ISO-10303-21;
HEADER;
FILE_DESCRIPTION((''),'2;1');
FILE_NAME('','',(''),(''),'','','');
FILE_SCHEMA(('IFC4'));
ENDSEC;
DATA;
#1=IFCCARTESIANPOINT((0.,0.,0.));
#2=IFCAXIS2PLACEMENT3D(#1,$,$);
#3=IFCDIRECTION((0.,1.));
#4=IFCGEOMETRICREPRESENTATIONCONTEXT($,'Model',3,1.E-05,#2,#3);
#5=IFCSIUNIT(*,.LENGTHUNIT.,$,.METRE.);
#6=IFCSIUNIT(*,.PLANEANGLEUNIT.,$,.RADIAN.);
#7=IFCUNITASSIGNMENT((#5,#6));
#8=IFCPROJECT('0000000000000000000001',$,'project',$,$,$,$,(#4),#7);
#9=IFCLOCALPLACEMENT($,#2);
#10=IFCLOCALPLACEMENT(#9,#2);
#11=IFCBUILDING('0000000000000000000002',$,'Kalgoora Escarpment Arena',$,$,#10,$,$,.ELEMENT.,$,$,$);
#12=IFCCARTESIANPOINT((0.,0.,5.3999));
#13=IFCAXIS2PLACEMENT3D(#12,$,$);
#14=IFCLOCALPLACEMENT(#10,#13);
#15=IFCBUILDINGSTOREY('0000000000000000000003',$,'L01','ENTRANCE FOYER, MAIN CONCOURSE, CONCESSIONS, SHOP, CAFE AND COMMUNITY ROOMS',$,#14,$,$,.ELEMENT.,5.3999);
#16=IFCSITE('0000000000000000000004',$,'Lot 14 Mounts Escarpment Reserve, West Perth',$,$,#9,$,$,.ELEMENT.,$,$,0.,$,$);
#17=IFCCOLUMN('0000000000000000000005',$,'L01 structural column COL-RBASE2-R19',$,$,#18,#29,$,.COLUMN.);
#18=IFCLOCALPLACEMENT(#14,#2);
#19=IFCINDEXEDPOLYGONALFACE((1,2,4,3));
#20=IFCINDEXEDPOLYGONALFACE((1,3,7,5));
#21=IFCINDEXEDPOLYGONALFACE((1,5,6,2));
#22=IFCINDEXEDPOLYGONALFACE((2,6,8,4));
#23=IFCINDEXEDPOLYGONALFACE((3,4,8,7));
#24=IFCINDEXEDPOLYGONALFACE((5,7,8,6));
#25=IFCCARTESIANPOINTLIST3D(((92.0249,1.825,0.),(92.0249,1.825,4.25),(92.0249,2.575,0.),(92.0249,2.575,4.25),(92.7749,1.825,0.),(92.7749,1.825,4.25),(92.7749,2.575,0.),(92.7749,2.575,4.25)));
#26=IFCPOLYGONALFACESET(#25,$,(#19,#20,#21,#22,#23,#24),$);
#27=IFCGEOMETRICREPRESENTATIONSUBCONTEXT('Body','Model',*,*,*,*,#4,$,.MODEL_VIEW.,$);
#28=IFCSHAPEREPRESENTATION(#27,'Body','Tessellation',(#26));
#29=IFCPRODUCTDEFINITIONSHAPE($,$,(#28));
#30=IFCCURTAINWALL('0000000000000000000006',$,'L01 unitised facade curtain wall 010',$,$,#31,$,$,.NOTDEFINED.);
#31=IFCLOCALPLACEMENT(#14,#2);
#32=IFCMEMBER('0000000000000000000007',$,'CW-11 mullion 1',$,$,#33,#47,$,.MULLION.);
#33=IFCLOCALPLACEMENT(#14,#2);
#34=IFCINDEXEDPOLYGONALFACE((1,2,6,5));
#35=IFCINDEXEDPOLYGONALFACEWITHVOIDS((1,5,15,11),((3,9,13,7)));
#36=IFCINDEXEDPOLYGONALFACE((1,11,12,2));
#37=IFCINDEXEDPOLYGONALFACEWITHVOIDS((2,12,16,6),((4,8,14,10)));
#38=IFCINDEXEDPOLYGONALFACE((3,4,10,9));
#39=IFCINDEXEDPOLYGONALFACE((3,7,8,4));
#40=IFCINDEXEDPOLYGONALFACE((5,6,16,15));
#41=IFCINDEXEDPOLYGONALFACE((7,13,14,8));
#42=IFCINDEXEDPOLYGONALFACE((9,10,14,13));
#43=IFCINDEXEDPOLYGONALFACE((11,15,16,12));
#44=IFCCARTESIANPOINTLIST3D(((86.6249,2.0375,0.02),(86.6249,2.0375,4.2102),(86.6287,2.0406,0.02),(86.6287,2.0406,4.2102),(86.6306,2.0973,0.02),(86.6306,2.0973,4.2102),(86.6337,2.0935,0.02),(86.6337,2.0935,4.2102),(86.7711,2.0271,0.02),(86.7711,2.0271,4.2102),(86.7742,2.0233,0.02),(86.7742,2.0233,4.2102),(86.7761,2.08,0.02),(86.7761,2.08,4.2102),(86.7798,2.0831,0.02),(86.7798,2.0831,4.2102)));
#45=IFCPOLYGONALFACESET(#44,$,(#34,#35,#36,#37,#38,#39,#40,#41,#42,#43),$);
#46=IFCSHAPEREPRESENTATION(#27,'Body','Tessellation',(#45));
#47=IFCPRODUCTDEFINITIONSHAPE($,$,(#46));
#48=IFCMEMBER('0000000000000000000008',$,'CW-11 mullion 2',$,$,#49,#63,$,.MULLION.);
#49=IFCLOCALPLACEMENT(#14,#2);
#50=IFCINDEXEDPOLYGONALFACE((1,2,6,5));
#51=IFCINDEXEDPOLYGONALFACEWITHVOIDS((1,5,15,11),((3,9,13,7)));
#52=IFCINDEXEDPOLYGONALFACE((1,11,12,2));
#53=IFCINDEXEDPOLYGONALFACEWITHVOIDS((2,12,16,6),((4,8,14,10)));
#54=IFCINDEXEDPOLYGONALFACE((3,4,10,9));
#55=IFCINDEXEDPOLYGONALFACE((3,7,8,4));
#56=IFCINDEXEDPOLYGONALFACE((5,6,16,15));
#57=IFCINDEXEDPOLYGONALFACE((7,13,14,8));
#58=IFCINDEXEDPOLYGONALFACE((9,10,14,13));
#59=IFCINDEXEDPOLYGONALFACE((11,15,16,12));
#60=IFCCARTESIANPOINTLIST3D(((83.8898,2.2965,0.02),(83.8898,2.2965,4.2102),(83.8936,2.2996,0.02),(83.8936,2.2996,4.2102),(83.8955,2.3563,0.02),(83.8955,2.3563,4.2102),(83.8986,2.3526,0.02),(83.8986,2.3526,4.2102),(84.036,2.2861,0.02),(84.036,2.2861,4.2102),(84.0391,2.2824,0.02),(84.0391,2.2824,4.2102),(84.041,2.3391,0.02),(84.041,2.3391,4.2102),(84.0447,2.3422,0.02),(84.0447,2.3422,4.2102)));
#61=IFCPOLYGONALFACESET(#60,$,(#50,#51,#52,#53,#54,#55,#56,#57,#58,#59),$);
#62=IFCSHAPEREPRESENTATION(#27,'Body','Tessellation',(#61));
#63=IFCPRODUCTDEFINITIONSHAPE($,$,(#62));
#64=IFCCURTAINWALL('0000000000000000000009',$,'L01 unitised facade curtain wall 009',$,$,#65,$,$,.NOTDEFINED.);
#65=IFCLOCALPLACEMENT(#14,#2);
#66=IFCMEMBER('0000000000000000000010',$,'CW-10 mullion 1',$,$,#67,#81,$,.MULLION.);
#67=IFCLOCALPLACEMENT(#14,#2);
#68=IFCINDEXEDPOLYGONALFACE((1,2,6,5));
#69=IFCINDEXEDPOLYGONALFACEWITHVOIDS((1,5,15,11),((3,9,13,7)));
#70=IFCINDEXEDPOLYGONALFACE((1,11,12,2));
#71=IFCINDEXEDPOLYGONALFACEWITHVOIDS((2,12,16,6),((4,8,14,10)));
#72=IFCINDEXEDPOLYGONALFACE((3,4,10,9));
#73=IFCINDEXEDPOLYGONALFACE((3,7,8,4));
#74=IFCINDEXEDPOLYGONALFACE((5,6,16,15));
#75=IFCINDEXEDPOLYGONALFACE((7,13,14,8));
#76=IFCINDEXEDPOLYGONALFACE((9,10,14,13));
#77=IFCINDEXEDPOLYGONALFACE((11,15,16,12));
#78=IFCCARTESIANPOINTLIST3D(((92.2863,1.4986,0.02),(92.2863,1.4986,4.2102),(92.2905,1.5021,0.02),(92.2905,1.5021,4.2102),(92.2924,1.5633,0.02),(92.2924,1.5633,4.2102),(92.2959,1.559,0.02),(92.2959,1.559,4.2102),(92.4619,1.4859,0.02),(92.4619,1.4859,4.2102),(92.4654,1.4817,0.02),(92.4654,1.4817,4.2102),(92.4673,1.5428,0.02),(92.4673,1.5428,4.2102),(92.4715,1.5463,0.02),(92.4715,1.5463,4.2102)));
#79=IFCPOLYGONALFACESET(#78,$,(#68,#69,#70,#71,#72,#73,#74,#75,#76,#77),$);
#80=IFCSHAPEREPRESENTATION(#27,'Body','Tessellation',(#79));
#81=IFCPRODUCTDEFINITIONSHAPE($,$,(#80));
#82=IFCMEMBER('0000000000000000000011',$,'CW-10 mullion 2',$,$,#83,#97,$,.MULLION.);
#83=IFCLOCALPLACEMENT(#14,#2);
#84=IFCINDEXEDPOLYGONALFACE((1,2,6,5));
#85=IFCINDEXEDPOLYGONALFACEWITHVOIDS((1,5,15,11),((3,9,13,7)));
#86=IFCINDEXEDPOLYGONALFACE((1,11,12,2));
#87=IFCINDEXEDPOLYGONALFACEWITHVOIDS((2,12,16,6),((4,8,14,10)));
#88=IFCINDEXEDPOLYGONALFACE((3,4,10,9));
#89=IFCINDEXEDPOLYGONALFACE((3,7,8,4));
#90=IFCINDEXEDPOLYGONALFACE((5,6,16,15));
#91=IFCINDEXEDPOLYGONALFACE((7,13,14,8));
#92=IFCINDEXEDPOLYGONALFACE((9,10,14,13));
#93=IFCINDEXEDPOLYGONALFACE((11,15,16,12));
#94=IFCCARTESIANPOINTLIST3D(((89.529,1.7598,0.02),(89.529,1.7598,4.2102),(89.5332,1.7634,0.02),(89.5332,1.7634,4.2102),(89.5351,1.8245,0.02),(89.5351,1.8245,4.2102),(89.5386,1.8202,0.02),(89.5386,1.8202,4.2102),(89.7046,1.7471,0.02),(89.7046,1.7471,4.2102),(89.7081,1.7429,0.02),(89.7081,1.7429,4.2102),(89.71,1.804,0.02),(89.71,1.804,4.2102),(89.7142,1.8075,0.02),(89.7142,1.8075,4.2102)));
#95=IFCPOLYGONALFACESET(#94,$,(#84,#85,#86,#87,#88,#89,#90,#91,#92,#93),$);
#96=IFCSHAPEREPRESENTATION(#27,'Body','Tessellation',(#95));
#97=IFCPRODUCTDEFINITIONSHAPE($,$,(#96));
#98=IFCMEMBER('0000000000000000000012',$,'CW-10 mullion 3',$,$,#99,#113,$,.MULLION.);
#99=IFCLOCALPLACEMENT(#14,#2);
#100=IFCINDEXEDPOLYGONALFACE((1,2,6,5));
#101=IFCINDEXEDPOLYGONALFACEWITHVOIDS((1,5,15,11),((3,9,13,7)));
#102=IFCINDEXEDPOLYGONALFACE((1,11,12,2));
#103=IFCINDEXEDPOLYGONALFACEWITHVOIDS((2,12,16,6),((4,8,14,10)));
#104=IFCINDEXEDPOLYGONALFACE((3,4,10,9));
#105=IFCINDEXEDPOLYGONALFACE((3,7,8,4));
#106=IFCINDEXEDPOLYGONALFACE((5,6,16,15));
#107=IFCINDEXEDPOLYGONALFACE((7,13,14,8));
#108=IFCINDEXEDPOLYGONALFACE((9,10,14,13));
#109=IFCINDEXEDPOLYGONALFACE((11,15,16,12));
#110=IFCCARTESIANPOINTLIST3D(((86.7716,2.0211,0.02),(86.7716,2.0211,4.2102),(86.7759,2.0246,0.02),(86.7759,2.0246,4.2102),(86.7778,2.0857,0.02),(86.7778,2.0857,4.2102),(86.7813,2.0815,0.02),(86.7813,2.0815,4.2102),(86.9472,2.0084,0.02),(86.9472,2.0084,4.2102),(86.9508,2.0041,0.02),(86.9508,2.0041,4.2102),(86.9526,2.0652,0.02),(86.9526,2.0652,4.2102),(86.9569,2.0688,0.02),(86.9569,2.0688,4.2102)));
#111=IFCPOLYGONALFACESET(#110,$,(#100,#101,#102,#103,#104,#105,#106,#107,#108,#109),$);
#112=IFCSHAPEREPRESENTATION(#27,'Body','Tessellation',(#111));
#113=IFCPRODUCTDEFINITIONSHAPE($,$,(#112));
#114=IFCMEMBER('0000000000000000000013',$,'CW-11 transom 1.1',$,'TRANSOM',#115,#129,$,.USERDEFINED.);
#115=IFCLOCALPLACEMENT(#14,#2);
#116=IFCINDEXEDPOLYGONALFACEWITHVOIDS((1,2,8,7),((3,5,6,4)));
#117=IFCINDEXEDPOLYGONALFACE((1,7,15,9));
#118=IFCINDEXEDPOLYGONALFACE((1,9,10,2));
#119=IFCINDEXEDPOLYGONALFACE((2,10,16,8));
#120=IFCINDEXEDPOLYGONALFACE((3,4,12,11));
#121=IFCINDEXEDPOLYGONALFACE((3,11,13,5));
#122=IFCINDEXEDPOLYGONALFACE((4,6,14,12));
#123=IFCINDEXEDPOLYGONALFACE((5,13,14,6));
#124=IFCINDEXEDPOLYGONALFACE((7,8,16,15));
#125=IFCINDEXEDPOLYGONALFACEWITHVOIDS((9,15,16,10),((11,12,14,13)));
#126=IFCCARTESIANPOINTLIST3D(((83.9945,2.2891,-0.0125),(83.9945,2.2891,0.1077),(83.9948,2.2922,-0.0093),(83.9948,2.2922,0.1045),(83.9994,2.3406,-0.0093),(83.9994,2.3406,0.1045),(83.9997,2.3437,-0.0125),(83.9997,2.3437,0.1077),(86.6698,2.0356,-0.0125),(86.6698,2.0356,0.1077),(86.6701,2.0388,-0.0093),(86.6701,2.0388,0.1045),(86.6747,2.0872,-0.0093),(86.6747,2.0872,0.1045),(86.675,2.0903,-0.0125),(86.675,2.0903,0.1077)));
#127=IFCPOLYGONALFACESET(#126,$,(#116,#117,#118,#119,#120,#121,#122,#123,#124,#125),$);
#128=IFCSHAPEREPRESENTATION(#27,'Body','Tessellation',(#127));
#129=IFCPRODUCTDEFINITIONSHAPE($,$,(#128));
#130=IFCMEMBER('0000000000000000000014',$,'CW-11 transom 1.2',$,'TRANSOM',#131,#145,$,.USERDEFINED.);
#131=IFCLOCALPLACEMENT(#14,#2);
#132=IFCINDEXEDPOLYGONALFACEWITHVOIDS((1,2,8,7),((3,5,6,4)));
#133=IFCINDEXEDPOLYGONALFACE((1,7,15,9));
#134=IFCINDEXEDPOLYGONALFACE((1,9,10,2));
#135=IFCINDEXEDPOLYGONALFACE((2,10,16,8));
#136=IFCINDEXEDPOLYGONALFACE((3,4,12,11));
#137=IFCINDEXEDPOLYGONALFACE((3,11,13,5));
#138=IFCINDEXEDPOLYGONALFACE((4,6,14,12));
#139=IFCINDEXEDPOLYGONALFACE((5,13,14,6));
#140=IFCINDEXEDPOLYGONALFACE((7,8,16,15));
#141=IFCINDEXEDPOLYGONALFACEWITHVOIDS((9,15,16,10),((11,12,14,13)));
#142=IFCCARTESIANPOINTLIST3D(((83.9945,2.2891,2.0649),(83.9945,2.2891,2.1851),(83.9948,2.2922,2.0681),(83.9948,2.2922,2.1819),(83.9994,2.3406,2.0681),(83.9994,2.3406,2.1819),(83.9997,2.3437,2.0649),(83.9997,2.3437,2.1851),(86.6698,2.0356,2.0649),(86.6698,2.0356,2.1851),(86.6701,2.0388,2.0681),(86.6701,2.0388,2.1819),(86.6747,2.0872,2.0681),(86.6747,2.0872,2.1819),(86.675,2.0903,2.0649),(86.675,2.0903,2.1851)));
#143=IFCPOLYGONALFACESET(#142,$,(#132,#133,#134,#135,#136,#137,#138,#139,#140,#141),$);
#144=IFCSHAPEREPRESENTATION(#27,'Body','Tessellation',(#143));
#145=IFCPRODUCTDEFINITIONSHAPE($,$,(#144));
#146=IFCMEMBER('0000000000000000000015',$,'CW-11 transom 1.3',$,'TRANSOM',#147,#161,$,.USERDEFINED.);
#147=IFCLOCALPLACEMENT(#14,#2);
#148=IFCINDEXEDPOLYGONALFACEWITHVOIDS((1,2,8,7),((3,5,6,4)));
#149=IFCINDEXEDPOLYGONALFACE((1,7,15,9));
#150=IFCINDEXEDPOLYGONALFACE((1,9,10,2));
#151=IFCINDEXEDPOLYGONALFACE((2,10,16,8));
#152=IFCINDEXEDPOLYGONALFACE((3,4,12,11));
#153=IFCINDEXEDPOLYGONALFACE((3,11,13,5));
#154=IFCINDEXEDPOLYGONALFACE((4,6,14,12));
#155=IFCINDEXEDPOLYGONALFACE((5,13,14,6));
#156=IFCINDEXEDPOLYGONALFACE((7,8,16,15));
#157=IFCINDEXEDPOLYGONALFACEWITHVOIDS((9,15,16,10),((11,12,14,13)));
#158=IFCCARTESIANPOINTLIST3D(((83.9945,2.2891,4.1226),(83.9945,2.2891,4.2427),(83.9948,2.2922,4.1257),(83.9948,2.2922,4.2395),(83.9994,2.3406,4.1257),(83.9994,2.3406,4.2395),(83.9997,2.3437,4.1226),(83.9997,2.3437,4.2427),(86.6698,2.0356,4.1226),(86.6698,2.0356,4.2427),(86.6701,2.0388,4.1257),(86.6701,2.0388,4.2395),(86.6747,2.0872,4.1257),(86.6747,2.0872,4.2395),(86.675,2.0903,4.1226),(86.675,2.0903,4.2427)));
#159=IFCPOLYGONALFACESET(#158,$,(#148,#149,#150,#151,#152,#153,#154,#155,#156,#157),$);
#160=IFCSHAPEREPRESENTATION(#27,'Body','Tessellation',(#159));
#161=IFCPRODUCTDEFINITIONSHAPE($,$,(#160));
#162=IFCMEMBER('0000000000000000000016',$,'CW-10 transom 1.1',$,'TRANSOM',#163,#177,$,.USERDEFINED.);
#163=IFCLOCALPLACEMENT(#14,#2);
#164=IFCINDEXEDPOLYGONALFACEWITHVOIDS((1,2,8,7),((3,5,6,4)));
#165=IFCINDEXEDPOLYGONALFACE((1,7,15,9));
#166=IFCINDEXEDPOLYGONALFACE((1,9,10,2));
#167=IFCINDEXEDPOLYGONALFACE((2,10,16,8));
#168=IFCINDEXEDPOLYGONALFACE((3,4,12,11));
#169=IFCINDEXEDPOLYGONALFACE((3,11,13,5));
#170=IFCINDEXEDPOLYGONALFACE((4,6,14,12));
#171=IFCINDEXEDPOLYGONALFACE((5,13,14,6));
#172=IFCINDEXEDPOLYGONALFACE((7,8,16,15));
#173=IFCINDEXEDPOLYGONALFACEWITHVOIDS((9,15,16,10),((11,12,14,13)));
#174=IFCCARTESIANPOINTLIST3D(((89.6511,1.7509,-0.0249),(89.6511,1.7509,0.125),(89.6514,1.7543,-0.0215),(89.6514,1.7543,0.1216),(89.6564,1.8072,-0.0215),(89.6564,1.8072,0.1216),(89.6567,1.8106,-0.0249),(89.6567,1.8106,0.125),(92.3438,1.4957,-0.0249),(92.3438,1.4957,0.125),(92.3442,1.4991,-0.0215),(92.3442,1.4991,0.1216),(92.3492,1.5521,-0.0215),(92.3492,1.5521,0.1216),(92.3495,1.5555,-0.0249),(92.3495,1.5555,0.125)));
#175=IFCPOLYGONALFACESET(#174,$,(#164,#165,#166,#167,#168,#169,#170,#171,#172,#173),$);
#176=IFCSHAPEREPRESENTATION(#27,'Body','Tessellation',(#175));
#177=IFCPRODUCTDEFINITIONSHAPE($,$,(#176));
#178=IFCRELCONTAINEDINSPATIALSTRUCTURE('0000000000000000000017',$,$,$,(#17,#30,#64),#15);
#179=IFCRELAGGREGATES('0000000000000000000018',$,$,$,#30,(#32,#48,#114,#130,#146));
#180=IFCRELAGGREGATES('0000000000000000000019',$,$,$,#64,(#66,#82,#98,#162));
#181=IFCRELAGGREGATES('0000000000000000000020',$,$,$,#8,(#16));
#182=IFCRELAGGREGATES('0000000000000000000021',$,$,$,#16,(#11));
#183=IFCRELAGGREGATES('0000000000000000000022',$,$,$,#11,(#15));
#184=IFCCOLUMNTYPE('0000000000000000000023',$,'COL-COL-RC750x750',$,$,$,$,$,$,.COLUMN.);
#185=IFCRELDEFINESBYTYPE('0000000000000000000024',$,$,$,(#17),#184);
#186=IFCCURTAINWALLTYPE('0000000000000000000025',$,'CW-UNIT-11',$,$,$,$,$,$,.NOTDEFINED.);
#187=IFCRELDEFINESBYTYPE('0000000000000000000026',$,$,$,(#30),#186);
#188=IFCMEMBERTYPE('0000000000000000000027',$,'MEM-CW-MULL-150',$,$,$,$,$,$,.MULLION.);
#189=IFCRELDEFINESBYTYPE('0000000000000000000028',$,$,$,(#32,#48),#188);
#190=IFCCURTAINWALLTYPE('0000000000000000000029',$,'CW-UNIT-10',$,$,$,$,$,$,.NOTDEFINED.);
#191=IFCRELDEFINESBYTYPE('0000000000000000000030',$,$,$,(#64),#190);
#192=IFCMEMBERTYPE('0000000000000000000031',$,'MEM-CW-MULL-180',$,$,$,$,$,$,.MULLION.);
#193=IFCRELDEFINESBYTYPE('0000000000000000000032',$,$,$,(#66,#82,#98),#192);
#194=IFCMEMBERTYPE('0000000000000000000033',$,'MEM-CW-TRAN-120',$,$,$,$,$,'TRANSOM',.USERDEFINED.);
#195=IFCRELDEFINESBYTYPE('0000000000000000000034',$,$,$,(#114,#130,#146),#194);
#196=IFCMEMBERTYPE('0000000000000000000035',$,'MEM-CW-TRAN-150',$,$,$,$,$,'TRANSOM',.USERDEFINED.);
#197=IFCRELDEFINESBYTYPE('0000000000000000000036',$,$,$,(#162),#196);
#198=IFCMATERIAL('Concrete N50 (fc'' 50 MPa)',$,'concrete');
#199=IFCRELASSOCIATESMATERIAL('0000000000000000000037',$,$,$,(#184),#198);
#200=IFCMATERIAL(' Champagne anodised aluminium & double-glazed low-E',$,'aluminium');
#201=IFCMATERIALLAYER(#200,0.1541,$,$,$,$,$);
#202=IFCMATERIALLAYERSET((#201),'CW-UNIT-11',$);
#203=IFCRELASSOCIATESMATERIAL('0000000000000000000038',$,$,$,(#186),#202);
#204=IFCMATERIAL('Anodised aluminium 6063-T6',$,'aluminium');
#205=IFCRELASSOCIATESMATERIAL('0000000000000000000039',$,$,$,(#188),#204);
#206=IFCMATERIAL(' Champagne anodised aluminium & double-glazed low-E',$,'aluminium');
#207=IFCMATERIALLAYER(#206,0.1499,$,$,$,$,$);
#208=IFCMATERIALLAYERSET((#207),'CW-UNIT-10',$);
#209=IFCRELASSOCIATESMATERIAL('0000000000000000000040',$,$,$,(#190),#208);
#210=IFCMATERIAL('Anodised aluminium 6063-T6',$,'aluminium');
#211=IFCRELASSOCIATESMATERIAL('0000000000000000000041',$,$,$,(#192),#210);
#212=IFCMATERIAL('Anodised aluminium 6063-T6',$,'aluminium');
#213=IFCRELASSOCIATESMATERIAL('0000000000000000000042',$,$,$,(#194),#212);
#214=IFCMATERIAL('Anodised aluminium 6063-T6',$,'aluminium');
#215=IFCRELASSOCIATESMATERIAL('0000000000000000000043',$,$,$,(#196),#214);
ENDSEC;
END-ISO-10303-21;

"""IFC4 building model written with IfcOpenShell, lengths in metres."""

from ifc_helpers import new_model, si_unit, direction, frame, origin, origin_2d, place, context, subcontext, project, spatial, rectangle, hollow_rectangle, extrude, material, layer, layer_set, material_profile, profile_set, type_object, element, aggregate, save


model = new_model("IFC4")

# Units and contexts
model_context = context("Model", 3, precision=1e-05, world=origin(), true_north=direction((0.0, 1.0)))
body_context = subcontext(model_context, "Body", "Model", "MODEL_VIEW")
ifc_project = project(units=[si_unit("LENGTHUNIT", "METRE"), si_unit("PLANEANGLEUNIT", "RADIAN")], contexts=[model_context])

# Site, building, storey
site_placement = place(None, origin())
site = spatial("IfcSite", under=ifc_project, at=site_placement, Name="Lot 14 Mounts Escarpment Reserve, West Perth", CompositionType="ELEMENT", RefElevation=0.0)
building_placement = place(site_placement, origin())
building = spatial("IfcBuilding", under=site, at=building_placement, Name="Kalgoora Escarpment Arena", CompositionType="ELEMENT")
storey_placement = place(building_placement, frame((0.0, 0.0, 5.3999)))
storey = spatial("IfcBuildingStorey", under=building, at=storey_placement, Name="L01", Description="ENTRANCE FOYER, MAIN CONCOURSE, CONCESSIONS, SHOP, CAFE AND COMMUNITY ROOMS", CompositionType="ELEMENT", Elevation=5.3999)

# Column
ifc_material_1 = material(Name="Concrete N50 (fc' 50 MPa)", Category="concrete")
ifc_material_profile_1 = material_profile(ifc_material_1, rectangle(XDim=0.75, YDim=0.75, at=origin_2d()))
ifc_profile_set_1 = profile_set([ifc_material_profile_1], Name="Concrete N50 (fc' 50 MPa)")
column_type = type_object("IfcColumnType", Name="COL-COL-RC750x750", PredefinedType="COLUMN", material=ifc_profile_set_1)
column_placement = place(storey_placement, frame((92.3999, 2.2, 0.0), z_axis=(0.0, 0.0, 1.0), x_axis=(0.0, -1.0, 0.0)))
element("IfcColumn", 1, at=column_placement, inside=storey, type_object=column_type, Name="L01 structural column COL-RBASE2-R19", PredefinedType="COLUMN", context=body_context, shape_type="SweptSolid", body=[
    extrude(rectangle(XDim=0.75, YDim=0.75, at=origin_2d()), origin(), (0.0, 0.0, 1.0), 4.25),
])

# Curtain walls, members
ifc_material_2 = material(Name=" Champagne anodised aluminium & double-glazed low-E", Category="aluminium")
ifc_layer_1 = layer(ifc_material_2, 0.1541)
ifc_layer_set_1 = layer_set([ifc_layer_1], Name="CW-UNIT-11")
curtain_wall_type_1 = type_object("IfcCurtainWallType", Name="CW-UNIT-11", PredefinedType="NOTDEFINED", material=ifc_layer_set_1)
curtain_wall_1_placement = place(storey_placement, origin())
curtain_wall_1 = element("IfcCurtainWall", 2, at=curtain_wall_1_placement, inside=storey, type_object=curtain_wall_type_1, Name="L01 unitised facade curtain wall 010", PredefinedType="NOTDEFINED")
ifc_material_3 = material(Name="Anodised aluminium 6063-T6", Category="aluminium")
ifc_material_profile_2 = material_profile(ifc_material_3, hollow_rectangle(XDim=0.0601, YDim=0.1499, WallThickness=0.0034, at=origin_2d()))
ifc_profile_set_2 = profile_set([ifc_material_profile_2], Name="Anodised aluminium 6063-T6")
member_type_1 = type_object("IfcMemberType", Name="MEM-CW-MULL-150", PredefinedType="MULLION", material=ifc_profile_set_2)
member_1_placement = place(storey_placement, frame((86.7024, 2.0603, 0.02), z_axis=(0.0, 0.0, 1.0), x_axis=(-0.094301, -0.995544, 0.0)))
member_1 = element("IfcMember", 3, at=member_1_placement, type_object=member_type_1, Name="CW-11 mullion 1", PredefinedType="MULLION", context=body_context, shape_type="SweptSolid", body=[
    extrude(hollow_rectangle(XDim=0.0601, YDim=0.1499, WallThickness=0.0034, at=origin_2d()), origin(), (0.0, 0.0, 1.0), 4.1902),
])
member_2_placement = place(storey_placement, frame((83.9673, 2.3193, 0.02), z_axis=(0.0, 0.0, 1.0), x_axis=(-0.094301, -0.995544, 0.0)))
member_2 = element("IfcMember", 4, at=member_2_placement, type_object=member_type_1, Name="CW-11 mullion 2", PredefinedType="MULLION", context=body_context, shape_type="SweptSolid", body=[
    extrude(hollow_rectangle(XDim=0.0601, YDim=0.1499, WallThickness=0.0034, at=origin_2d()), origin(), (0.0, 0.0, 1.0), 4.1902),
])
ifc_material_4 = material(Name=" Champagne anodised aluminium & double-glazed low-E", Category="aluminium")
ifc_layer_2 = layer(ifc_material_4, 0.1499)
ifc_layer_set_2 = layer_set([ifc_layer_2], Name="CW-UNIT-10")
curtain_wall_type_2 = type_object("IfcCurtainWallType", Name="CW-UNIT-10", PredefinedType="NOTDEFINED", material=ifc_layer_set_2)
curtain_wall_2_placement = place(storey_placement, origin())
curtain_wall_2 = element("IfcCurtainWall", 5, at=curtain_wall_2_placement, inside=storey, type_object=curtain_wall_type_2, Name="L01 unitised facade curtain wall 009", PredefinedType="NOTDEFINED")
ifc_material_5 = material(Name="Anodised aluminium 6063-T6", Category="aluminium")
ifc_material_profile_3 = material_profile(ifc_material_5, hollow_rectangle(XDim=0.0649, YDim=0.1799, WallThickness=0.0039, at=origin_2d()))
ifc_profile_set_3 = profile_set([ifc_material_profile_3], Name="Anodised aluminium 6063-T6")
member_type_2 = type_object("IfcMemberType", Name="MEM-CW-MULL-180", PredefinedType="MULLION", material=ifc_profile_set_3)
member_3_placement = place(storey_placement, frame((92.3789, 1.5225, 0.02), z_axis=(0.0, 0.0, 1.0), x_axis=(-0.0943, -0.995544, 0.0)))
member_3 = element("IfcMember", 6, at=member_3_placement, type_object=member_type_2, Name="CW-10 mullion 1", PredefinedType="MULLION", context=body_context, shape_type="SweptSolid", body=[
    extrude(hollow_rectangle(XDim=0.0649, YDim=0.1799, WallThickness=0.0039, at=origin_2d()), origin(), (0.0, 0.0, 1.0), 4.1902),
])
member_4_placement = place(storey_placement, frame((89.6216, 1.7837, 0.02), z_axis=(0.0, 0.0, 1.0), x_axis=(-0.0943, -0.995544, 0.0)))
member_4 = element("IfcMember", 7, at=member_4_placement, type_object=member_type_2, Name="CW-10 mullion 2", PredefinedType="MULLION", context=body_context, shape_type="SweptSolid", body=[
    extrude(hollow_rectangle(XDim=0.0649, YDim=0.1799, WallThickness=0.0039, at=origin_2d()), origin(), (0.0, 0.0, 1.0), 4.1902),
])
member_5_placement = place(storey_placement, frame((86.8643, 2.0449, 0.02), z_axis=(0.0, 0.0, 1.0), x_axis=(-0.0943, -0.995544, 0.0)))
member_5 = element("IfcMember", 8, at=member_5_placement, type_object=member_type_2, Name="CW-10 mullion 3", PredefinedType="MULLION", context=body_context, shape_type="SweptSolid", body=[
    extrude(hollow_rectangle(XDim=0.0649, YDim=0.1799, WallThickness=0.0039, at=origin_2d()), origin(), (0.0, 0.0, 1.0), 4.1902),
])

# Members
ifc_material_6 = material(Name="Anodised aluminium 6063-T6", Category="aluminium")
ifc_material_profile_4 = material_profile(ifc_material_6, hollow_rectangle(XDim=0.0549, YDim=0.1201, WallThickness=0.0032, at=origin_2d()))
ifc_profile_set_4 = profile_set([ifc_material_profile_4], Name="Anodised aluminium 6063-T6")
member_type_3 = type_object("IfcMemberType", Name="MEM-CW-TRAN-120", ElementType="TRANSOM", PredefinedType="USERDEFINED", material=ifc_profile_set_4)
member_6_placement = place(storey_placement, frame((86.6724, 2.063, 0.0476), z_axis=(-0.995544, 0.094303, 0.0), x_axis=(-0.094303, -0.995544, 0.0)))
member_6 = element("IfcMember", 9, at=member_6_placement, type_object=member_type_3, Name="CW-11 transom 1.1", ObjectType="TRANSOM", PredefinedType="USERDEFINED", context=body_context, shape_type="SweptSolid", body=[
    extrude(hollow_rectangle(XDim=0.0549, YDim=0.1201, WallThickness=0.0032, at=origin_2d()), origin(), (0.0, 0.0, 1.0), 2.6873),
])
member_7_placement = place(storey_placement, frame((86.6724, 2.063, 2.125), z_axis=(-0.995544, 0.094303, 0.0), x_axis=(-0.094303, -0.995544, 0.0)))
member_7 = element("IfcMember", 10, at=member_7_placement, type_object=member_type_3, Name="CW-11 transom 1.2", ObjectType="TRANSOM", PredefinedType="USERDEFINED", context=body_context, shape_type="SweptSolid", body=[
    extrude(hollow_rectangle(XDim=0.0549, YDim=0.1201, WallThickness=0.0032, at=origin_2d()), origin(), (0.0, 0.0, 1.0), 2.6873),
])
member_8_placement = place(storey_placement, frame((86.6724, 2.063, 4.1826), z_axis=(-0.995544, 0.094303, 0.0), x_axis=(-0.094303, -0.995544, 0.0)))
member_8 = element("IfcMember", 11, at=member_8_placement, type_object=member_type_3, Name="CW-11 transom 1.3", ObjectType="TRANSOM", PredefinedType="USERDEFINED", context=body_context, shape_type="SweptSolid", body=[
    extrude(hollow_rectangle(XDim=0.0549, YDim=0.1201, WallThickness=0.0032, at=origin_2d()), origin(), (0.0, 0.0, 1.0), 2.6873),
])
ifc_material_7 = material(Name="Anodised aluminium 6063-T6", Category="aluminium")
ifc_material_profile_5 = material_profile(ifc_material_7, hollow_rectangle(XDim=0.0601, YDim=0.1499, WallThickness=0.0034, at=origin_2d()))
ifc_profile_set_5 = profile_set([ifc_material_profile_5], Name="Anodised aluminium 6063-T6")
member_type_4 = type_object("IfcMemberType", Name="MEM-CW-TRAN-150", ElementType="TRANSOM", PredefinedType="USERDEFINED", material=ifc_profile_set_5)
member_9_placement = place(storey_placement, frame((92.3467, 1.5256, 0.05), z_axis=(-0.995542, 0.094319, 0.0), x_axis=(-0.094319, -0.995542, 0.0)))
member_9 = element("IfcMember", 12, at=member_9_placement, type_object=member_type_4, Name="CW-10 transom 1.1", ObjectType="TRANSOM", PredefinedType="USERDEFINED", context=body_context, shape_type="SweptSolid", body=[
    extrude(hollow_rectangle(XDim=0.0601, YDim=0.1499, WallThickness=0.0034, at=origin_2d()), origin(), (0.0, 0.0, 1.0), 2.7048),
])

aggregate(curtain_wall_1, [member_1, member_2, member_6, member_7, member_8])
aggregate(curtain_wall_2, [member_3, member_4, member_5, member_9])

save(model, "model.ifc")
